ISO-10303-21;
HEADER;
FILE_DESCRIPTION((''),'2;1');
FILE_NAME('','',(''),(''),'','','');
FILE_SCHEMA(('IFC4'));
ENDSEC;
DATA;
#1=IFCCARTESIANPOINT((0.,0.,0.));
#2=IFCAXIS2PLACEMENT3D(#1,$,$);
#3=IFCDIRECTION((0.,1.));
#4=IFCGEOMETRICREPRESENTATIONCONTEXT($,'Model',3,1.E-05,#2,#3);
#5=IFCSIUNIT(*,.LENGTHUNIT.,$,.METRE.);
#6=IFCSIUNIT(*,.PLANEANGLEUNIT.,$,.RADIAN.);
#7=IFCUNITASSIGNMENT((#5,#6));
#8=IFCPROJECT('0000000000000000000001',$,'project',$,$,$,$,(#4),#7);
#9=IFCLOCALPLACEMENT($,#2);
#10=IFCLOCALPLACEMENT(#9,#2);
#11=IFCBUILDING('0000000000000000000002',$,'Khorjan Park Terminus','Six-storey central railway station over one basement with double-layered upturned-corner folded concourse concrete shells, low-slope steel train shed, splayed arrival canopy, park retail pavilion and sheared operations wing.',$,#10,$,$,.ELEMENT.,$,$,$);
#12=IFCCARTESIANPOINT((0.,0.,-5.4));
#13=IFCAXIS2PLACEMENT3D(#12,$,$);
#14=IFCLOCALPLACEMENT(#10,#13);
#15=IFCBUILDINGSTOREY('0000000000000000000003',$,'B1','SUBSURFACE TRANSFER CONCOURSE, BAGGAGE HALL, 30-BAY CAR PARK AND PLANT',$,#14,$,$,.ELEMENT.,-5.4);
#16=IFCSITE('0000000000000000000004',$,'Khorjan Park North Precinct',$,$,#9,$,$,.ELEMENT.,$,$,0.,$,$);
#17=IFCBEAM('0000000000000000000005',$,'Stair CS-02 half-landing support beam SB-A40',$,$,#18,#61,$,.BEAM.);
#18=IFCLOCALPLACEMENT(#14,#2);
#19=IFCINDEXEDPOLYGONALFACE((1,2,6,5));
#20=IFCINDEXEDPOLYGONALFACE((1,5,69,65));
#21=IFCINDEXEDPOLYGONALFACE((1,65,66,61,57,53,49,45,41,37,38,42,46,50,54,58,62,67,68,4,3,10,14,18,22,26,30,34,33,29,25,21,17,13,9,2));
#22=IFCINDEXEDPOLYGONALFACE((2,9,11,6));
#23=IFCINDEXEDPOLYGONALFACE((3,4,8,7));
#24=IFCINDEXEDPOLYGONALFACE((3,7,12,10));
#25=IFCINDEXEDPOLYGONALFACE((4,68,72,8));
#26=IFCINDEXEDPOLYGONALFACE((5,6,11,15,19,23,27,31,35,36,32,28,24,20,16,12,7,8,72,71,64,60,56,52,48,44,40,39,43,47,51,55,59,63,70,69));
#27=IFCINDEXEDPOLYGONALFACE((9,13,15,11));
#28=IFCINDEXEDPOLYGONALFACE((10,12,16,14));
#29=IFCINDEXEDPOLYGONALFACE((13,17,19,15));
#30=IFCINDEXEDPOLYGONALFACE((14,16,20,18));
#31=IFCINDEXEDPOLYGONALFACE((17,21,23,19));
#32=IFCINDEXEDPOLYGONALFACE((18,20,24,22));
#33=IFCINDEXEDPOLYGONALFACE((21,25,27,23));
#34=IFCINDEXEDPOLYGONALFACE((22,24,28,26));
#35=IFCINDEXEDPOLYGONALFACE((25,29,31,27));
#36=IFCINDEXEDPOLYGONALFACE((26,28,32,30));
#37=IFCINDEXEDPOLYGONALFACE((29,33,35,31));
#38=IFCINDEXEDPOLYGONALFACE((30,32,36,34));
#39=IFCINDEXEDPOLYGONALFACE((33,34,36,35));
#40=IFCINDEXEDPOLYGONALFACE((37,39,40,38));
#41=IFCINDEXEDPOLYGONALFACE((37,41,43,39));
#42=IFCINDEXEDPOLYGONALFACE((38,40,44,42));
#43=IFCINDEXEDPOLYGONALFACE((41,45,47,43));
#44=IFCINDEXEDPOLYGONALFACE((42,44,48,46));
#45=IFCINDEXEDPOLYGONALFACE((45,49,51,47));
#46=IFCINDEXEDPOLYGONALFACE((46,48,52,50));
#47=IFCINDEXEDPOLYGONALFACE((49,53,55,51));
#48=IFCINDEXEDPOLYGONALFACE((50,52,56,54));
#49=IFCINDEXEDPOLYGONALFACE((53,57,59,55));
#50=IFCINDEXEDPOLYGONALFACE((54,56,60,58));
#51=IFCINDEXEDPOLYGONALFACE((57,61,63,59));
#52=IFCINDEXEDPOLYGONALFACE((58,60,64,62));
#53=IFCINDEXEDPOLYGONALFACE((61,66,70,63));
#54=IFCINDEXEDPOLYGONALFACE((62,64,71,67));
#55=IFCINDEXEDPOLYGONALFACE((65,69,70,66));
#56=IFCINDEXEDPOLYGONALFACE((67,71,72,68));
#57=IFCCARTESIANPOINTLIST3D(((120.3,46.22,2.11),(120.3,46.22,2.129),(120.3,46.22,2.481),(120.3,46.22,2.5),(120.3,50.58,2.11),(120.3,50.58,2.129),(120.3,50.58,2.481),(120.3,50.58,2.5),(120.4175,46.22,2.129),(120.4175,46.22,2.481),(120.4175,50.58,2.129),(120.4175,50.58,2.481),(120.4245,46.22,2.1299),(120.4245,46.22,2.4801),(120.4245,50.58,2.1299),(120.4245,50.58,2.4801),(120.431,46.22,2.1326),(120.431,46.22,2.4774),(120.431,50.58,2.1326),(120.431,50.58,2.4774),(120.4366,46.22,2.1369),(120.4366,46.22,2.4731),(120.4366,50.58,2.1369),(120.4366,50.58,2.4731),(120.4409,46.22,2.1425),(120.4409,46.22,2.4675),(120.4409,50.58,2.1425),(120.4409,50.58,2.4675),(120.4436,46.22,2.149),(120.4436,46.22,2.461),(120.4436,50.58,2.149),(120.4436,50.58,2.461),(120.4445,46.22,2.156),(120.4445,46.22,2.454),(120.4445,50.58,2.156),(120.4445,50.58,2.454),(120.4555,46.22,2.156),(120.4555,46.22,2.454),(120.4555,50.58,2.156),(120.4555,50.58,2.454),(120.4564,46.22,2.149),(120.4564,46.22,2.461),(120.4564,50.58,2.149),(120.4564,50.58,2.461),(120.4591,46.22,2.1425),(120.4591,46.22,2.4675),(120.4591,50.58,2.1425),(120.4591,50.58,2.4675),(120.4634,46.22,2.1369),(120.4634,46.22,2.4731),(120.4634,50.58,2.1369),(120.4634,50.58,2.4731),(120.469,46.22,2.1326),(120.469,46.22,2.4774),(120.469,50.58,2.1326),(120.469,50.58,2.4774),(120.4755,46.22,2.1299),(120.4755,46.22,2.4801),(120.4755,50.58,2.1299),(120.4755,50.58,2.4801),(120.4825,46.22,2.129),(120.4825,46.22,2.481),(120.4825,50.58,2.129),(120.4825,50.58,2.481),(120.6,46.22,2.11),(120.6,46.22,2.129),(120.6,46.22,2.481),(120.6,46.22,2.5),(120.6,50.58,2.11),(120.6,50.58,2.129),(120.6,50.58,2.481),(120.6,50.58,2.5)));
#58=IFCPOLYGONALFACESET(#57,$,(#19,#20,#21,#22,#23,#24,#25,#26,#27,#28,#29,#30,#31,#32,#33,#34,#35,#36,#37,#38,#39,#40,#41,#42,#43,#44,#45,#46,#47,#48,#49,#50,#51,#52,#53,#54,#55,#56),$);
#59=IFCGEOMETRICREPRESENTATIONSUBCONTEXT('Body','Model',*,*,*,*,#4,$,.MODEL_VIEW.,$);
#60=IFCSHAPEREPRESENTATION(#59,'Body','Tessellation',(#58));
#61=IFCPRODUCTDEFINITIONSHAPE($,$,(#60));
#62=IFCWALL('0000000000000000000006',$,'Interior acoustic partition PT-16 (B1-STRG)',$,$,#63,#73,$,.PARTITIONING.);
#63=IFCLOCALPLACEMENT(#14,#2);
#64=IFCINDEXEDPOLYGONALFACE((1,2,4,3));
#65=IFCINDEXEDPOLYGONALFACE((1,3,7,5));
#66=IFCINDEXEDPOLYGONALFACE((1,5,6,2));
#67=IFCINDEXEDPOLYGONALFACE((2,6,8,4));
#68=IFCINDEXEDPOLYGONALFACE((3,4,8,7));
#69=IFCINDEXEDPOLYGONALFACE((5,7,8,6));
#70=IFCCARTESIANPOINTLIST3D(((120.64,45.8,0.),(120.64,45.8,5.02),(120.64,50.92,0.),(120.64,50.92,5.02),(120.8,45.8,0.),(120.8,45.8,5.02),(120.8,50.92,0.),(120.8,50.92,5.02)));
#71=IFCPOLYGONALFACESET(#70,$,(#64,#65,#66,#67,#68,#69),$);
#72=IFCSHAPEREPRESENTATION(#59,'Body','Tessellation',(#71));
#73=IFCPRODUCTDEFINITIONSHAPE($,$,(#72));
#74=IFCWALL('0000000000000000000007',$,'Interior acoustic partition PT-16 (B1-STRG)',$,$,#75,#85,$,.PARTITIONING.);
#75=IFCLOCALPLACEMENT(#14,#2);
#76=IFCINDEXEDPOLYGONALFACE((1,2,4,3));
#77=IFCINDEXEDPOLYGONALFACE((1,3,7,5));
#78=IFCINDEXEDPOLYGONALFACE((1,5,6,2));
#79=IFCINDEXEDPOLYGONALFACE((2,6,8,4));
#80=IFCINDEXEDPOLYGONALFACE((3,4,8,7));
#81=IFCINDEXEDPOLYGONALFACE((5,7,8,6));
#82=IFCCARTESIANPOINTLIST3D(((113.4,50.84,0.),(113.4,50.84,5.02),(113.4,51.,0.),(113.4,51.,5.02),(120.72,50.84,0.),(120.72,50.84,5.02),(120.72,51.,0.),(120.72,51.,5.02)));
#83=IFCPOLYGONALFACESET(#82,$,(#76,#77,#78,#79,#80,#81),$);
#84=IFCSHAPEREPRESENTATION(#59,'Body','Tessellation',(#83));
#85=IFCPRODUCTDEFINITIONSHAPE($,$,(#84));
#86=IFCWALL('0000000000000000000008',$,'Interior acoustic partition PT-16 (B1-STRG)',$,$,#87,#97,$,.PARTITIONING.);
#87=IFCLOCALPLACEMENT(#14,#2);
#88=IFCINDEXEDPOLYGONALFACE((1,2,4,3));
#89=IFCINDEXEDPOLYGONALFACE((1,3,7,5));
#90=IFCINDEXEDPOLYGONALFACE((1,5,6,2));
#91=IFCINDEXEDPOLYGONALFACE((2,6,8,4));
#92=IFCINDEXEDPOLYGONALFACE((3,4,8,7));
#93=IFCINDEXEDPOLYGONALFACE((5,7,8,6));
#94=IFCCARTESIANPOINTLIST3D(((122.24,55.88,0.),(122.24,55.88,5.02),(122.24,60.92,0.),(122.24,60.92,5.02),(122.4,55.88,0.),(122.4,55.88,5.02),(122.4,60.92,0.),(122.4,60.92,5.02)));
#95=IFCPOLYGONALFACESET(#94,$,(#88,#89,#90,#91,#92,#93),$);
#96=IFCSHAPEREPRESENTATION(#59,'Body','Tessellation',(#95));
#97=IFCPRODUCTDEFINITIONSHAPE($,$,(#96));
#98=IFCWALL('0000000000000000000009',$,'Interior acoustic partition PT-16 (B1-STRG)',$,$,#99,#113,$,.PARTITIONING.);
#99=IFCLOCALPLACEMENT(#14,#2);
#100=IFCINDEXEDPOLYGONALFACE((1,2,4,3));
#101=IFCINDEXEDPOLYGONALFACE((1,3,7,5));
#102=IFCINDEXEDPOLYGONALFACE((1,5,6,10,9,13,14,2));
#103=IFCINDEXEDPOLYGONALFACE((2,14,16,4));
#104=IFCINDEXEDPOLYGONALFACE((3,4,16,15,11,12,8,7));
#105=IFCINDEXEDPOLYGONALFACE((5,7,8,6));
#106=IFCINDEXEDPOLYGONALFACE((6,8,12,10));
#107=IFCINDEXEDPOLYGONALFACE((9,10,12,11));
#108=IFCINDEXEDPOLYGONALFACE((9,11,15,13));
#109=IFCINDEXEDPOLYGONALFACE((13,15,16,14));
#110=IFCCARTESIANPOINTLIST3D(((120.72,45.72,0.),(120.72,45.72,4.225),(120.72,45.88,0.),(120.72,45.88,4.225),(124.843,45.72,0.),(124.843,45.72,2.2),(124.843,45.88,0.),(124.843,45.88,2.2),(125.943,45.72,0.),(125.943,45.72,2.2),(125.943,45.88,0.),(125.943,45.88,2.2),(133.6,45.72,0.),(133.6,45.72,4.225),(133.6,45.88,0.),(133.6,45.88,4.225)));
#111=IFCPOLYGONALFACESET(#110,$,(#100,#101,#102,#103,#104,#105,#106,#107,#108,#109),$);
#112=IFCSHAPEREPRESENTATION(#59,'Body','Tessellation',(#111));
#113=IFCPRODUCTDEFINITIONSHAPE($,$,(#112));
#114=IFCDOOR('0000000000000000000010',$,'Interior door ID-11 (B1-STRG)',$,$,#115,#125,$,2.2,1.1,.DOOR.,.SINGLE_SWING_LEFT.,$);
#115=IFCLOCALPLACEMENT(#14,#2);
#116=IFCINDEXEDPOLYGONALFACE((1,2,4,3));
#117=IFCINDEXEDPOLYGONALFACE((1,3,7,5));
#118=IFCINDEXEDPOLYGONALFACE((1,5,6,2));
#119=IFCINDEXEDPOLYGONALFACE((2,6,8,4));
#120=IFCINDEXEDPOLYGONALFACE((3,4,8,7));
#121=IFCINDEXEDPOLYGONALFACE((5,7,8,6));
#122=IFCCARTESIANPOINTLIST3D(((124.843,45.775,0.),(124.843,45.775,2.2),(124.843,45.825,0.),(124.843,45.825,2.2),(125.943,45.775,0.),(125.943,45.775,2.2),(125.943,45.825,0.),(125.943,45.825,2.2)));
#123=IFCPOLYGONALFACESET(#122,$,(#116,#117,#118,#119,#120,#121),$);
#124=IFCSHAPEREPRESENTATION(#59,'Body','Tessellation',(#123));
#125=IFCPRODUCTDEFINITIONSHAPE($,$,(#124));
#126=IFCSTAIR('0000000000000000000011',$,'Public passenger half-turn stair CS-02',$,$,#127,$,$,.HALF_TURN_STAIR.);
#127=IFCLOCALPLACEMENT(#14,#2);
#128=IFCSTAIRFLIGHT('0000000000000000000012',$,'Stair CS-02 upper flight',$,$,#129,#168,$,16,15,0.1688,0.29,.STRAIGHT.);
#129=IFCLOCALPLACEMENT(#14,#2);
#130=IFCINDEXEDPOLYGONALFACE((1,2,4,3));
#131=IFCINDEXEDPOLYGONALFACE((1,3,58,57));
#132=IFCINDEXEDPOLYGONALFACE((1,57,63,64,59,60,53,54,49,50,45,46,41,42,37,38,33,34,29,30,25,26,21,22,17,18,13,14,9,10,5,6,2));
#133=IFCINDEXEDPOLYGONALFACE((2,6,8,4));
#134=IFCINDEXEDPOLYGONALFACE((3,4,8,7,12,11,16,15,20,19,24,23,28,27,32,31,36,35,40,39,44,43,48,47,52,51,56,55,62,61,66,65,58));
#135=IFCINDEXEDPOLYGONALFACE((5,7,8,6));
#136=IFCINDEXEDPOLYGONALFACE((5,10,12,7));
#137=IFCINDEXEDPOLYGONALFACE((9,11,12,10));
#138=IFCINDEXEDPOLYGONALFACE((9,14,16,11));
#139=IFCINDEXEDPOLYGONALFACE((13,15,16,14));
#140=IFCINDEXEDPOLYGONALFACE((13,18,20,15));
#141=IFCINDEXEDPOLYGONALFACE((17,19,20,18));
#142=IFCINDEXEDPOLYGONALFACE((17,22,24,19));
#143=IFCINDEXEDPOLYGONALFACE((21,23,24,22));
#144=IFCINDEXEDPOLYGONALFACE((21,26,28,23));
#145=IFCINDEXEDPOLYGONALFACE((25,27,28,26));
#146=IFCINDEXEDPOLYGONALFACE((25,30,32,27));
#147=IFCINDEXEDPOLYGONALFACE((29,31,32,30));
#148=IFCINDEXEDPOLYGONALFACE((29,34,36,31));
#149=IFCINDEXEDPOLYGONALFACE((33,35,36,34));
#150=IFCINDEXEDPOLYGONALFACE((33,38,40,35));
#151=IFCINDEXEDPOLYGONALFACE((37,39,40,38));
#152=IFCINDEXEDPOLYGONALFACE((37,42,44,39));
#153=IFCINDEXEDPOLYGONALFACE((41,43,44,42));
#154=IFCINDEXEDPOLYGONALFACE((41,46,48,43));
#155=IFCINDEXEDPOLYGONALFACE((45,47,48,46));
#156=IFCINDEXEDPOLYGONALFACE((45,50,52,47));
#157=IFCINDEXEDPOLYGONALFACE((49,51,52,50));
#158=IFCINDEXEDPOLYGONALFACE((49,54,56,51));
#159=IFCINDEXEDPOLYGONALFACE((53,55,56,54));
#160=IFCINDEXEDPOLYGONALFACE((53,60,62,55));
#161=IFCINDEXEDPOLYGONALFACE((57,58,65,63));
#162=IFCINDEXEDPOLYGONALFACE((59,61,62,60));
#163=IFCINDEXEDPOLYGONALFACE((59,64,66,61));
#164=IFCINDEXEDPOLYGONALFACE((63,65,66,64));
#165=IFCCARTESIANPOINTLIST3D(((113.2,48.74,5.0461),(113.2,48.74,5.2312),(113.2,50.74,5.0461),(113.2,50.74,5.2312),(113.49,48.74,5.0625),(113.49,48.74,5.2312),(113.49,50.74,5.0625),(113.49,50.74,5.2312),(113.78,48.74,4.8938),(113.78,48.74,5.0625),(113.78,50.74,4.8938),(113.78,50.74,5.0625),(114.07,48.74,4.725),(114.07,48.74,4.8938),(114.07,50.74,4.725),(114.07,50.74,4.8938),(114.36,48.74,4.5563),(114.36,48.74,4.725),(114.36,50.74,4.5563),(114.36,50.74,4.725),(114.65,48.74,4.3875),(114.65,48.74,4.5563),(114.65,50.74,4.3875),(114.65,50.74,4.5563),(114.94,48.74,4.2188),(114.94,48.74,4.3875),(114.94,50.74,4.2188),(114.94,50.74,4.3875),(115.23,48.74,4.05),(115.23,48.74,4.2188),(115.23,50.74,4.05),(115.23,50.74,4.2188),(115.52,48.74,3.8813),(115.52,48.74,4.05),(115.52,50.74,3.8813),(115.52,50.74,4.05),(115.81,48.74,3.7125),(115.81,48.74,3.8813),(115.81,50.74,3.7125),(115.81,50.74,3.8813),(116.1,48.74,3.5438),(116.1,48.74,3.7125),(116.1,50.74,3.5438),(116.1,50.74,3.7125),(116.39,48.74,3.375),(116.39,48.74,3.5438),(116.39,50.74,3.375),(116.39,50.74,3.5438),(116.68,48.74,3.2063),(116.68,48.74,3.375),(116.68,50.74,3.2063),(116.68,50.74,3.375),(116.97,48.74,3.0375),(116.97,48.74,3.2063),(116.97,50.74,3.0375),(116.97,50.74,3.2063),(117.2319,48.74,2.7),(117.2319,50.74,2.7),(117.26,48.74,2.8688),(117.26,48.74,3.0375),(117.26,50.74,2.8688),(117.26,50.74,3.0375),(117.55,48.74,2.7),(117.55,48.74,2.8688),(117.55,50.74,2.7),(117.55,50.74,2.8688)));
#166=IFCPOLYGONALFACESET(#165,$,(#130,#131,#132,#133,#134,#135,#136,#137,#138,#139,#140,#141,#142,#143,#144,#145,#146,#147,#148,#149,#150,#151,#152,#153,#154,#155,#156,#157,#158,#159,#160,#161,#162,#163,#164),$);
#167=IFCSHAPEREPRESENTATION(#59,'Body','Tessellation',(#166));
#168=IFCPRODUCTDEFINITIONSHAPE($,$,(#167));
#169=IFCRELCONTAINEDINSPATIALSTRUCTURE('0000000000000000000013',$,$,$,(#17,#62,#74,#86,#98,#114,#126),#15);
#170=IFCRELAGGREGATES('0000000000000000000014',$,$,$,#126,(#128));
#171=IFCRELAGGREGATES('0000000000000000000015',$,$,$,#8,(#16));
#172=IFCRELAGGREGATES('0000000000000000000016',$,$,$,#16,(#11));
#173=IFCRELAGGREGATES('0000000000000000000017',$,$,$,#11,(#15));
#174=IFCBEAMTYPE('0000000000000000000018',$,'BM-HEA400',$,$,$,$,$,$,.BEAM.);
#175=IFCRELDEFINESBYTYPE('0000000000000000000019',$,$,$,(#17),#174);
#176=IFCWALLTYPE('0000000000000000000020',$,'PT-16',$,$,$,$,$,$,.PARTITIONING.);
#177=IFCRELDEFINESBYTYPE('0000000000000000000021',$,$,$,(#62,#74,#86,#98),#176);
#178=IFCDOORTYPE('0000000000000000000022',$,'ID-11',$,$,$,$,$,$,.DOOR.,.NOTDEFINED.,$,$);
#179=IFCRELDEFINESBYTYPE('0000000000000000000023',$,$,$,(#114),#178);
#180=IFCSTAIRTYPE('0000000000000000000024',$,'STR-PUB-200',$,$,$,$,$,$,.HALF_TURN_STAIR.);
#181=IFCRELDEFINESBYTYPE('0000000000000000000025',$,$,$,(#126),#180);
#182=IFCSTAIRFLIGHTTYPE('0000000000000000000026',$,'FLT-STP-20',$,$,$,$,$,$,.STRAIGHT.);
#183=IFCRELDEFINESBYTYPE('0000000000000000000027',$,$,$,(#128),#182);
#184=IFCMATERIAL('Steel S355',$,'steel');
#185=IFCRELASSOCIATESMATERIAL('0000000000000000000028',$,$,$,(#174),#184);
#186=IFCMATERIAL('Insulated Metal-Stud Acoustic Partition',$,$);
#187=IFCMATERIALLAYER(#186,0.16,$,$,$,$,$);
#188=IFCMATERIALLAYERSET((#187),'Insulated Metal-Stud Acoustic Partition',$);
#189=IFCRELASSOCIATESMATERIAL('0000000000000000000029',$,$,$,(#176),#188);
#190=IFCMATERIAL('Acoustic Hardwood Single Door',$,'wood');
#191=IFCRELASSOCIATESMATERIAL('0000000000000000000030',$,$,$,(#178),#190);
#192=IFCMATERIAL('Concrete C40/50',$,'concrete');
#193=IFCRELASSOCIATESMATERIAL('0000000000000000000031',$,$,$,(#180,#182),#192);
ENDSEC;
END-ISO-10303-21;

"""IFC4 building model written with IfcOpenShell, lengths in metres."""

from ifc_helpers import new_model, si_unit, direction, frame, frame_2d, origin, origin_2d, place, context, subcontext, project, spatial, polyline, rectangle, i_section, outline, extrude, material, layer, layer_set, material_profile, profile_set, type_object, element, fill, aggregate, save


model = new_model("IFC4")

# Units and contexts
model_context = context("Model", 3, precision=1e-05, world=origin(), true_north=direction((0.0, 1.0)))
body_context = subcontext(model_context, "Body", "Model", "MODEL_VIEW")
ifc_project = project(units=[si_unit("LENGTHUNIT", "METRE"), si_unit("PLANEANGLEUNIT", "RADIAN")], contexts=[model_context])

# Site, building, storey
site_placement = place(None, origin())
site = spatial("IfcSite", under=ifc_project, at=site_placement, Name="Khorjan Park North Precinct", CompositionType="ELEMENT", RefElevation=0.0)
building_placement = place(site_placement, origin())
building = spatial("IfcBuilding", under=site, at=building_placement, Name="Khorjan Park Terminus", Description="Six-storey central railway station over one basement with double-layered upturned-corner folded concourse concrete shells, low-slope steel train shed, splayed arrival canopy, park retail pavilion and sheared operations wing.", CompositionType="ELEMENT")
storey_placement = place(building_placement, frame((0.0, 0.0, -5.4)))
storey = spatial("IfcBuildingStorey", under=building, at=storey_placement, Name="B1", Description="SUBSURFACE TRANSFER CONCOURSE, BAGGAGE HALL, 30-BAY CAR PARK AND PLANT", CompositionType="ELEMENT", Elevation=-5.4)

# Shared definitions
ifc_material_1 = material(Name="Concrete C40/50", Category="concrete")

# Shared definitions
ifc_material_2 = material(Name="Steel S355", Category="steel")

# Beam
ifc_material_profile_1 = material_profile(ifc_material_2, i_section(OverallWidth=0.3, OverallDepth=0.39, WebThickness=0.011, FlangeThickness=0.019, FilletRadius=0.027, at=origin_2d()), Name="HEA 400")
ifc_profile_set_1 = profile_set([ifc_material_profile_1], Name="Steel S355")
beam_type = type_object("IfcBeamType", Name="BM-HEA400", PredefinedType="BEAM", material=ifc_profile_set_1)
beam_placement = place(storey_placement, frame((120.45, 46.22, 2.305), z_axis=(0.0, 1.0, 0.0), x_axis=(-1.0, 0.0, 0.0)))
element("IfcBeam", 1, at=beam_placement, inside=storey, type_object=beam_type, Name="Stair CS-02 half-landing support beam SB-A40", PredefinedType="BEAM", context=body_context, shape_type="SweptSolid", body=[
    extrude(i_section(OverallWidth=0.3, OverallDepth=0.39, WebThickness=0.011, FlangeThickness=0.019, FilletRadius=0.027, at=origin_2d()), origin(), (0.0, 0.0, 1.0), 4.36),
])

# Walls
ifc_material_3 = material(Name="Insulated Metal-Stud Acoustic Partition")
ifc_layer = layer(ifc_material_3, 0.16)
ifc_layer_set = layer_set([ifc_layer], Name="Insulated Metal-Stud Acoustic Partition")
wall_type = type_object("IfcWallType", Name="PT-16", PredefinedType="PARTITIONING", material=ifc_layer_set)
wall_1_placement = place(storey_placement, frame((120.72, 45.8, 0.0), z_axis=(0.0, 0.0, 1.0), x_axis=(0.0, 1.0, 0.0)))
element("IfcWall", 2, at=wall_1_placement, inside=storey, type_object=wall_type, Name="Interior acoustic partition PT-16 (B1-STRG)", PredefinedType="PARTITIONING", context=body_context, shape_type="SweptSolid", body=[
    extrude(rectangle(XDim=5.12, YDim=0.16, at=frame_2d((2.56, 0.0))), origin(), (0.0, 0.0, 1.0), 5.02),
])
wall_2_placement = place(storey_placement, frame((120.72, 50.92, 0.0), z_axis=(0.0, 0.0, 1.0), x_axis=(-1.0, 0.0, 0.0)))
element("IfcWall", 3, at=wall_2_placement, inside=storey, type_object=wall_type, Name="Interior acoustic partition PT-16 (B1-STRG)", PredefinedType="PARTITIONING", context=body_context, shape_type="SweptSolid", body=[
    extrude(rectangle(XDim=7.32, YDim=0.16, at=frame_2d((3.66, 0.0))), origin(), (0.0, 0.0, 1.0), 5.02),
])
wall_3_placement = place(storey_placement, frame((122.32, 55.88, 0.0), z_axis=(0.0, 0.0, 1.0), x_axis=(0.0, 1.0, 0.0)))
element("IfcWall", 4, at=wall_3_placement, inside=storey, type_object=wall_type, Name="Interior acoustic partition PT-16 (B1-STRG)", PredefinedType="PARTITIONING", context=body_context, shape_type="SweptSolid", body=[
    extrude(rectangle(XDim=5.04, YDim=0.16, at=frame_2d((2.52, 0.0))), origin(), (0.0, 0.0, 1.0), 5.02),
])

# Wall, opening, door
wall_4_placement = place(storey_placement, frame((133.6, 45.8, 0.0), z_axis=(0.0, 0.0, 1.0), x_axis=(-1.0, 0.0, 0.0)))
wall_4 = element("IfcWall", 5, at=wall_4_placement, inside=storey, type_object=wall_type, Name="Interior acoustic partition PT-16 (B1-STRG)", PredefinedType="PARTITIONING", context=body_context, shape_type="SweptSolid", body=[
    extrude(rectangle(XDim=12.88, YDim=0.16, at=frame_2d((6.44, 0.0))), origin(), (0.0, 0.0, 1.0), 4.225),
])
opening_placement = place(wall_4_placement, frame((7.657, 0.0, 0.0)))
opening = element("IfcOpeningElement", 6, at=opening_placement, cuts=wall_4, PredefinedType="OPENING", context=body_context, shape_type="SweptSolid", body=[
    extrude(rectangle(XDim=1.1, YDim=2.2, at=frame_2d((0.55, 1.1))), frame((0.0, 0.09, 0.0), z_axis=(0.0, -1.0, 0.0), x_axis=(1.0, 0.0, 0.0)), (0.0, 0.0, 1.0), 0.18),
])
ifc_material_4 = material(Name="Acoustic Hardwood Single Door", Category="wood")
door_type = type_object("IfcDoorType", Name="ID-11", OperationType="NOTDEFINED", PredefinedType="DOOR", material=ifc_material_4)
door_placement = place(opening_placement, origin())
door = element("IfcDoor", 7, at=door_placement, inside=storey, type_object=door_type, Name="Interior door ID-11 (B1-STRG)", OperationType="SINGLE_SWING_LEFT", OverallHeight=2.2, OverallWidth=1.1, PredefinedType="DOOR", context=body_context, shape_type="SweptSolid", body=[
    extrude(rectangle(XDim=1.1, YDim=2.2, at=frame_2d((0.55, 1.1))), frame((0.0, 0.025, 0.0), z_axis=(0.0, -1.0, 0.0), x_axis=(1.0, 0.0, 0.0)), (0.0, 0.0, 1.0), 0.05),
])
fill(opening, door)

# Stair, stair flight
stair_type = type_object("IfcStairType", Name="STR-PUB-200", PredefinedType="HALF_TURN_STAIR", material=ifc_material_1)
stair_placement = place(storey_placement, origin())
stair = element("IfcStair", 8, at=stair_placement, inside=storey, type_object=stair_type, Name="Public passenger half-turn stair CS-02", PredefinedType="HALF_TURN_STAIR")
stair_flight_type = type_object("IfcStairFlightType", Name="FLT-STP-20", PredefinedType="STRAIGHT", material=ifc_material_1)
stair_flight_placement = place(storey_placement, frame((117.55, 49.74, 2.7), z_axis=(0.0, 0.0, 1.0), x_axis=(-1.0, 0.0, 0.0)))
stair_flight = element("IfcStairFlight", 9, at=stair_flight_placement, type_object=stair_flight_type, Name="Stair CS-02 upper flight", NumberOfRisers=16, NumberOfTreads=15, PredefinedType="STRAIGHT", RiserHeight=0.1688, TreadLength=0.29, context=body_context, shape_type="SweptSolid", body=[
    extrude(outline(polyline([(0.0, 0.0), (0.0, 0.1688), (0.29, 0.1688), (0.29, 0.3375), (0.58, 0.3375), (0.58, 0.5063), (0.87, 0.5063), (0.87, 0.675), (1.16, 0.675), (1.16, 0.8438), (1.45, 0.8438), (1.45, 1.0125), (1.74, 1.0125), (1.74, 1.1813), (2.03, 1.1813), (2.03, 1.35), (2.32, 1.35), (2.32, 1.5188), (2.61, 1.5188), (2.61, 1.6875), (2.9, 1.6875), (2.9, 1.8563), (3.19, 1.8563), (3.19, 2.025), (3.48, 2.025), (3.48, 2.1938), (3.77, 2.1938), (3.77, 2.3625), (4.06, 2.3625), (4.06, 2.5312), (4.35, 2.5312), (4.35, 2.7), (4.35, 2.3461), (0.3181, 0.0), (0.0, 0.0)])), frame((0.0, 1.0, 0.0), z_axis=(0.0, -1.0, 0.0), x_axis=(1.0, 0.0, 0.0)), (0.0, 0.0, 1.0), 2.0),
])
aggregate(stair, [stair_flight])

save(model, "model.ifc")
